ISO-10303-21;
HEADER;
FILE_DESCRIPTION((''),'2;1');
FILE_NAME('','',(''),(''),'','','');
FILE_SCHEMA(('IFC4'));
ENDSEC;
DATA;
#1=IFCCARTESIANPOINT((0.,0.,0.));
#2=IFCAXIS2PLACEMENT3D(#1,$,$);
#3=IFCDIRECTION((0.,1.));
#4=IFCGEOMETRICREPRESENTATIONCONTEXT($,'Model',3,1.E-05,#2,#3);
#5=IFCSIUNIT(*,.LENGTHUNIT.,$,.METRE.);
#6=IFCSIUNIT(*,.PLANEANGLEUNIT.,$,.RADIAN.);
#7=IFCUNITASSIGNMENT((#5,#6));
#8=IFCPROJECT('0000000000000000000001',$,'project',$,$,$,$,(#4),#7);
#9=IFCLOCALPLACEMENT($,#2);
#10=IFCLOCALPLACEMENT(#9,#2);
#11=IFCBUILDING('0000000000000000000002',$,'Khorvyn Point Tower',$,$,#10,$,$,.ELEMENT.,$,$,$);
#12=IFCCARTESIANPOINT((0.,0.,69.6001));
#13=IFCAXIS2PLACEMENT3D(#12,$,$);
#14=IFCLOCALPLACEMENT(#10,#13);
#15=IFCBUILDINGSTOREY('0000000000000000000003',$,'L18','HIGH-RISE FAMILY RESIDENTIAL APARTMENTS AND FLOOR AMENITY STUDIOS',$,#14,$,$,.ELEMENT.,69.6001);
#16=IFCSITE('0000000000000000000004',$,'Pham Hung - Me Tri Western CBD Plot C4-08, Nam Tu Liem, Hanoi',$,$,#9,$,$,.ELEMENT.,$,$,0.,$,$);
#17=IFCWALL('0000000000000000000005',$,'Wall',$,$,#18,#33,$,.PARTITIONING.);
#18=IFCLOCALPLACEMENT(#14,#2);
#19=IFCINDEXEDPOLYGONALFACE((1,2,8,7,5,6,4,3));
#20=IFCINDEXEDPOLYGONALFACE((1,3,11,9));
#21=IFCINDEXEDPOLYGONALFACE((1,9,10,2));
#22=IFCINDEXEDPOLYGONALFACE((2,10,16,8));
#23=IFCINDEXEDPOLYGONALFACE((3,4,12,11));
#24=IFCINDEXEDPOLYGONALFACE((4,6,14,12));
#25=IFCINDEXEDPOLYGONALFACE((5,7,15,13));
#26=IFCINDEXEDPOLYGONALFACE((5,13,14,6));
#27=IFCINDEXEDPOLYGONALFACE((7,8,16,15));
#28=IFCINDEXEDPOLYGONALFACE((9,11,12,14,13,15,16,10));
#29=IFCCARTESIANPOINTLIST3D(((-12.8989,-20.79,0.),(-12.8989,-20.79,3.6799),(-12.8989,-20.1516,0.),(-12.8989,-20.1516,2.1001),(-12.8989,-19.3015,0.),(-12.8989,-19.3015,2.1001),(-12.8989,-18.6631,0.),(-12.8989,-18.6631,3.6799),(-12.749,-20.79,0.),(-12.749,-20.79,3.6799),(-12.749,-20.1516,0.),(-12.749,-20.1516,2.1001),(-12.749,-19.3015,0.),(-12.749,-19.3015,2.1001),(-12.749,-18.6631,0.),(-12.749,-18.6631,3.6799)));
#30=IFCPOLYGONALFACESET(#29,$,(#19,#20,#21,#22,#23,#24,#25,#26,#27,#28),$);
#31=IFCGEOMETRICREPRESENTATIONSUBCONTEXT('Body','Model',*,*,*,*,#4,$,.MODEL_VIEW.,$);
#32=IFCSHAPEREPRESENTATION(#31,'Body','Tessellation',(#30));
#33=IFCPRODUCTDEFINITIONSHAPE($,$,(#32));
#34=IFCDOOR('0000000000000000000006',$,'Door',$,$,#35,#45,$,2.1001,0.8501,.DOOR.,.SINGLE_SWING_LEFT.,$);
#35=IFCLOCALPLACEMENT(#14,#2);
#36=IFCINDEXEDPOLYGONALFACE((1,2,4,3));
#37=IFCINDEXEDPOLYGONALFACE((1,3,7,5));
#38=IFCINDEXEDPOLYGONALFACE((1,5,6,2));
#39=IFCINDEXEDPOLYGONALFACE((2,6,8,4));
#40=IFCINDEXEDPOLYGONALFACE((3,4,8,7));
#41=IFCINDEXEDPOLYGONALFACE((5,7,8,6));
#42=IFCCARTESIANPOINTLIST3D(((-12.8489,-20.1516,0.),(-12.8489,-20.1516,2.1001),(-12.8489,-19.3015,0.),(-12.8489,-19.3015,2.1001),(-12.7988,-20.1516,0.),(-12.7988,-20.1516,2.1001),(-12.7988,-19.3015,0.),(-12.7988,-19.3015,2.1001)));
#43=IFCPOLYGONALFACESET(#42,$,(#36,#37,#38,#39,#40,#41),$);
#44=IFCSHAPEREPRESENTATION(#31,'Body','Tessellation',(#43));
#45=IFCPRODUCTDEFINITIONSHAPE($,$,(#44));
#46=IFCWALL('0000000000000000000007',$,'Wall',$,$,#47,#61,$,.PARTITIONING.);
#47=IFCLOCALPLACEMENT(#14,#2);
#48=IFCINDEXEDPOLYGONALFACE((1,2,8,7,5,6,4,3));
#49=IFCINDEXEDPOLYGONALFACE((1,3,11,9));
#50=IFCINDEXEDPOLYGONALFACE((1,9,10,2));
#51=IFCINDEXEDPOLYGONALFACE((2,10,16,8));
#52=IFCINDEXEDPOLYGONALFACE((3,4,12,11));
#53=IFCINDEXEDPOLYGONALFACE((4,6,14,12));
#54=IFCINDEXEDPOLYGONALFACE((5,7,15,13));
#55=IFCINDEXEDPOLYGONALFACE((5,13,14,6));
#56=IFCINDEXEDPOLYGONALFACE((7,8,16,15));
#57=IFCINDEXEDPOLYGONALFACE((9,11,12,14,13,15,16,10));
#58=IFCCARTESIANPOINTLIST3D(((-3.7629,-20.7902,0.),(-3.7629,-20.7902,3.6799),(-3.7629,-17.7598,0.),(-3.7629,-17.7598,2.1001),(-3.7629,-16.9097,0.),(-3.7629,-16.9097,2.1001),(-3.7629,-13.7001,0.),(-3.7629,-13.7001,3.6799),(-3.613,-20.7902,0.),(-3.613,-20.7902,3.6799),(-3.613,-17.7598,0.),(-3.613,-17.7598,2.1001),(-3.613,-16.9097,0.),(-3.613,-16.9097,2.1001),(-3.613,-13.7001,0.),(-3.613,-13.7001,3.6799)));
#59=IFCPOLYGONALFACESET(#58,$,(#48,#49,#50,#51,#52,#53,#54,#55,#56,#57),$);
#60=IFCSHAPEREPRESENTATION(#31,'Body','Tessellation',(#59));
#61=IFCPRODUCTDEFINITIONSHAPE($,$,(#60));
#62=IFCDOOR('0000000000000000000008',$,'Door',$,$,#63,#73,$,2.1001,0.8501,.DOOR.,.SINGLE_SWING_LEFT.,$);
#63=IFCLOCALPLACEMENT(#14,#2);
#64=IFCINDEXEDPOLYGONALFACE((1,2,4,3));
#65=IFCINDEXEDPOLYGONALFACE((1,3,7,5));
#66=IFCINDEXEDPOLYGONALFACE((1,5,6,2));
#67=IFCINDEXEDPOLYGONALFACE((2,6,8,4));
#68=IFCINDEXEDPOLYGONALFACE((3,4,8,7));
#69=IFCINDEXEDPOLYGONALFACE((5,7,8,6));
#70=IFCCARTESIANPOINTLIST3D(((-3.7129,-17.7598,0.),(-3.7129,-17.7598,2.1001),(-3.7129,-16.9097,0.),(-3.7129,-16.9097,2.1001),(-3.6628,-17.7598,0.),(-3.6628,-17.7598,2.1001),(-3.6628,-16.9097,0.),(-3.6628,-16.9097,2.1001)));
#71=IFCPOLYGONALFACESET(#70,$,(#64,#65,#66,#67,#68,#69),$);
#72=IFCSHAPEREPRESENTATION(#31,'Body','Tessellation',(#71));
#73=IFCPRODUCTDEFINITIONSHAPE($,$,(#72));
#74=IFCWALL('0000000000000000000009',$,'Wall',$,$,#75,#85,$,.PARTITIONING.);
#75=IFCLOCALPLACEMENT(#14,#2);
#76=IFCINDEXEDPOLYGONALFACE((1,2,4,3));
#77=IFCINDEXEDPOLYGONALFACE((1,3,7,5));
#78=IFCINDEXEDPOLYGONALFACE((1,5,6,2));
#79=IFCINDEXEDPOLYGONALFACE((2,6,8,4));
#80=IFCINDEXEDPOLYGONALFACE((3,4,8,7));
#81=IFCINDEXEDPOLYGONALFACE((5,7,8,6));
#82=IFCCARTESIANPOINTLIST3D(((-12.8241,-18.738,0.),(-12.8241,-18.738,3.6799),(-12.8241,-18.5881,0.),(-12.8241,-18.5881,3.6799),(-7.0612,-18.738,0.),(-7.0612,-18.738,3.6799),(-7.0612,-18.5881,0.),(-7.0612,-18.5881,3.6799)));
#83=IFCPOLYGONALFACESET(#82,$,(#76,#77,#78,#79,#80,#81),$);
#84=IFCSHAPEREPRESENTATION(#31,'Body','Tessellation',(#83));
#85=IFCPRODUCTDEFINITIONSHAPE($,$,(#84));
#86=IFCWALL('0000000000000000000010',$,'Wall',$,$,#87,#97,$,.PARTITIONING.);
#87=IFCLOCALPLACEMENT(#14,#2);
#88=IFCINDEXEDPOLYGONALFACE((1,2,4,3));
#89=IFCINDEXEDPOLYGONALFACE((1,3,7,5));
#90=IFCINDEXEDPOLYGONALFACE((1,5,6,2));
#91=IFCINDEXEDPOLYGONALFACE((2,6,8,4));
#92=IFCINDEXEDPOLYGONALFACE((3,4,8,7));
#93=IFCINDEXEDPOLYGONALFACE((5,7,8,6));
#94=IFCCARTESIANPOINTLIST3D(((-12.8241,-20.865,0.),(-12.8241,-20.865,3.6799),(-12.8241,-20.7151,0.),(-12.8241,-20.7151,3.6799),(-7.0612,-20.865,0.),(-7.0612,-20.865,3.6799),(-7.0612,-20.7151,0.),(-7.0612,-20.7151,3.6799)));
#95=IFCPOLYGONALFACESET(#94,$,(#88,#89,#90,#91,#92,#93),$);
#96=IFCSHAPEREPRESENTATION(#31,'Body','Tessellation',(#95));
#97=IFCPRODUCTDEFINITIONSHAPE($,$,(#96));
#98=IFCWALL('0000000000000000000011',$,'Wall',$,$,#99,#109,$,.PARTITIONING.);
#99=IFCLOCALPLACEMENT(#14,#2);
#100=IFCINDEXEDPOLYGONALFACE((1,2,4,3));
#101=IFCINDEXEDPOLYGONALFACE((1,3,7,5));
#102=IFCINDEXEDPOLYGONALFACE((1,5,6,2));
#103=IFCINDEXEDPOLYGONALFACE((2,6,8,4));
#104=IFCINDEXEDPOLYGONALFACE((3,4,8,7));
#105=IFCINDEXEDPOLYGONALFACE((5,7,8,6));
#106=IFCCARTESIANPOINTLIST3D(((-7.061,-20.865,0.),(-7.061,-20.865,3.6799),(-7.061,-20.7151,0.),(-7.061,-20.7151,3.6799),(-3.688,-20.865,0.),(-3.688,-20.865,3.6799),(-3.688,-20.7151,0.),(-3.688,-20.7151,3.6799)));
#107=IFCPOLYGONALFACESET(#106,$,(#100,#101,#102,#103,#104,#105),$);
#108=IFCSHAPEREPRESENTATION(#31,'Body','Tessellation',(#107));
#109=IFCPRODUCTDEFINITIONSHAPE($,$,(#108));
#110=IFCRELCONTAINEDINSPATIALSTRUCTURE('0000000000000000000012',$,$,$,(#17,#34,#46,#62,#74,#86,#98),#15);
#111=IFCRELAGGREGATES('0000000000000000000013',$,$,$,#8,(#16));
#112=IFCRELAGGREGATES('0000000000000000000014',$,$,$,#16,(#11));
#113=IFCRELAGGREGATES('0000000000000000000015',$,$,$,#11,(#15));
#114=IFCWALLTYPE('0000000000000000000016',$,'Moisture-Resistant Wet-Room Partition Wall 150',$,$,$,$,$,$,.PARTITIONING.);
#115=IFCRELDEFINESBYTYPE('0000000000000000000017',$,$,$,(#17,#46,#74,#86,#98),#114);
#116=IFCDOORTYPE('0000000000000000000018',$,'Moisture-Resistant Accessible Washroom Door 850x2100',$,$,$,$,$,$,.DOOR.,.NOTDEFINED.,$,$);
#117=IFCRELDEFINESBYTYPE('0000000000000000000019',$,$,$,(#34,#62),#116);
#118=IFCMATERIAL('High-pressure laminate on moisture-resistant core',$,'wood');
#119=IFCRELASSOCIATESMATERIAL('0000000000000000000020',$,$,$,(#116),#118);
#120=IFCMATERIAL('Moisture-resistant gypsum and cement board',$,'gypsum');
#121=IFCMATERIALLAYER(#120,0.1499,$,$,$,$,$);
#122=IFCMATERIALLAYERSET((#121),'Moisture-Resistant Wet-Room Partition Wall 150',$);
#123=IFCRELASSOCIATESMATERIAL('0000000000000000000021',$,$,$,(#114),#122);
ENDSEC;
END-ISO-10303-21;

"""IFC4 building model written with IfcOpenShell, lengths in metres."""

from ifc_helpers import new_model, si_unit, direction, frame, frame_2d, origin, place, context, subcontext, project, spatial, rectangle, extrude, material, layer, layer_set, type_object, element, fill, save


model = new_model("IFC4")

# Units and contexts
model_context = context("Model", 3, precision=1e-05, world=origin(), true_north=direction((0.0, 1.0)))
body_context = subcontext(model_context, "Body", "Model", "MODEL_VIEW")
ifc_project = project(units=[si_unit("LENGTHUNIT", "METRE"), si_unit("PLANEANGLEUNIT", "RADIAN")], contexts=[model_context])

# Site, building, storey
site_placement = place(None, origin())
site = spatial("IfcSite", under=ifc_project, at=site_placement, Name="Pham Hung - Me Tri Western CBD Plot C4-08, Nam Tu Liem, Hanoi", CompositionType="ELEMENT", RefElevation=0.0)
building_placement = place(site_placement, origin())
building = spatial("IfcBuilding", under=site, at=building_placement, Name="Khorvyn Point Tower", CompositionType="ELEMENT")
storey_placement = place(building_placement, frame((0.0, 0.0, 69.6001)))
storey = spatial("IfcBuildingStorey", under=building, at=storey_placement, Name="L18", Description="HIGH-RISE FAMILY RESIDENTIAL APARTMENTS AND FLOOR AMENITY STUDIOS", CompositionType="ELEMENT", Elevation=69.6001)

# Walls, openings, doors
ifc_material_1 = material(Name="High-pressure laminate on moisture-resistant core", Category="wood")
door_type_1 = type_object("IfcDoorType", Name="Moisture-Resistant Accessible Washroom Door 850x2100", OperationType="NOTDEFINED", PredefinedType="DOOR", material=ifc_material_1)
ifc_material_2 = material(Name="Moisture-resistant gypsum and cement board", Category="gypsum")
ifc_layer_1 = layer(ifc_material_2, 0.1499)
ifc_layer_set_1 = layer_set([ifc_layer_1], Name="Moisture-Resistant Wet-Room Partition Wall 150")
wall_type_1 = type_object("IfcWallType", Name="Moisture-Resistant Wet-Room Partition Wall 150", PredefinedType="PARTITIONING", material=ifc_layer_set_1)
wall_1_placement = place(storey_placement, frame((-12.824, -20.79, 0.0), z_axis=(0.0, 0.0, 1.0), x_axis=(0.0, 1.0, 0.0)))
wall_1 = element("IfcWall", 1, at=wall_1_placement, inside=storey, type_object=wall_type_1, Name="Wall", PredefinedType="PARTITIONING", context=body_context, shape_type="SweptSolid", body=[
    extrude(rectangle(XDim=2.127, YDim=0.1499, at=frame_2d((1.0635, 0.0))), origin(), (0.0, 0.0, 1.0), 3.6799),
])
opening_1_placement = place(wall_1_placement, frame((0.6384, 0.0, 0.0)))
opening_1 = element("IfcOpeningElement", 2, at=opening_1_placement, cuts=wall_1, PredefinedType="OPENING", context=body_context, shape_type="SweptSolid", body=[
    extrude(rectangle(XDim=0.8501, YDim=2.1001, at=frame_2d((0.425, 1.05))), frame((0.0, 0.085, 0.0), z_axis=(0.0, -1.0, 0.0), x_axis=(1.0, 0.0, 0.0)), (0.0, 0.0, 1.0), 0.1699),
])
door_1_placement = place(opening_1_placement, origin())
door_1 = element("IfcDoor", 3, at=door_1_placement, inside=storey, type_object=door_type_1, Name="Door", OperationType="SINGLE_SWING_LEFT", OverallHeight=2.1001, OverallWidth=0.8501, PredefinedType="DOOR", context=body_context, shape_type="SweptSolid", body=[
    extrude(rectangle(XDim=0.8501, YDim=2.1001, at=frame_2d((0.425, 1.05))), frame((0.0, 0.0249, 0.0), z_axis=(0.0, -1.0, 0.0), x_axis=(1.0, 0.0, 0.0)), (0.0, 0.0, 1.0), 0.05),
])
fill(opening_1, door_1)
wall_2_placement = place(storey_placement, frame((-3.688, -20.79, 0.0), z_axis=(0.0, 0.0, 1.0), x_axis=(0.0, 1.0, 0.0)))
wall_2 = element("IfcWall", 4, at=wall_2_placement, inside=storey, type_object=wall_type_1, Name="Wall", PredefinedType="PARTITIONING", context=body_context, shape_type="SweptSolid", body=[
    extrude(rectangle(XDim=7.0901, YDim=0.1499, at=frame_2d((3.5449, 0.0))), origin(), (0.0, 0.0, 1.0), 3.6799),
])
opening_2_placement = place(wall_2_placement, frame((3.0303, 0.0, 0.0)))
opening_2 = element("IfcOpeningElement", 5, at=opening_2_placement, cuts=wall_2, PredefinedType="OPENING", context=body_context, shape_type="SweptSolid", body=[
    extrude(rectangle(XDim=0.8501, YDim=2.1001, at=frame_2d((0.425, 1.05))), frame((0.0, 0.085, 0.0), z_axis=(0.0, -1.0, 0.0), x_axis=(1.0, 0.0, 0.0)), (0.0, 0.0, 1.0), 0.1699),
])
door_2_placement = place(opening_2_placement, origin())
door_2 = element("IfcDoor", 6, at=door_2_placement, inside=storey, type_object=door_type_1, Name="Door", OperationType="SINGLE_SWING_LEFT", OverallHeight=2.1001, OverallWidth=0.8501, PredefinedType="DOOR", context=body_context, shape_type="SweptSolid", body=[
    extrude(rectangle(XDim=0.8501, YDim=2.1001, at=frame_2d((0.425, 1.05))), frame((0.0, 0.0249, 0.0), z_axis=(0.0, -1.0, 0.0), x_axis=(1.0, 0.0, 0.0)), (0.0, 0.0, 1.0), 0.05),
])
fill(opening_2, door_2)

# Walls
for number, where, z_axis, x_axis, name in (
    (7, (-12.824, -18.6631, 0.0), (0.0, 0.0, 1.0), (1.0, 0.0, 0.0), "Wall"),
    (8, (-12.824, -20.79, 0.0), (0.0, 0.0, 1.0), (1.0, 0.0, 0.0), "Wall"),
):
    element("IfcWall", number, at=place(storey_placement, frame(where, z_axis=z_axis, x_axis=x_axis)), inside=storey, type_object=wall_type_1, Name=name, PredefinedType="PARTITIONING", context=body_context, shape_type="SweptSolid", body=[
        extrude(rectangle(XDim=5.7629, YDim=0.1499, at=frame_2d((2.8813, 0.0))), origin(), (0.0, 0.0, 1.0), 3.6799),
    ])
wall_3_placement = place(storey_placement, frame((-7.061, -20.79, 0.0), z_axis=(0.0, 0.0, 1.0), x_axis=(1.0, 0.0, 0.0)))
element("IfcWall", 9, at=wall_3_placement, inside=storey, type_object=wall_type_1, Name="Wall", PredefinedType="PARTITIONING", context=body_context, shape_type="SweptSolid", body=[
    extrude(rectangle(XDim=3.373, YDim=0.1499, at=frame_2d((1.6865, 0.0))), origin(), (0.0, 0.0, 1.0), 3.6799),
])

save(model, "model.ifc")
